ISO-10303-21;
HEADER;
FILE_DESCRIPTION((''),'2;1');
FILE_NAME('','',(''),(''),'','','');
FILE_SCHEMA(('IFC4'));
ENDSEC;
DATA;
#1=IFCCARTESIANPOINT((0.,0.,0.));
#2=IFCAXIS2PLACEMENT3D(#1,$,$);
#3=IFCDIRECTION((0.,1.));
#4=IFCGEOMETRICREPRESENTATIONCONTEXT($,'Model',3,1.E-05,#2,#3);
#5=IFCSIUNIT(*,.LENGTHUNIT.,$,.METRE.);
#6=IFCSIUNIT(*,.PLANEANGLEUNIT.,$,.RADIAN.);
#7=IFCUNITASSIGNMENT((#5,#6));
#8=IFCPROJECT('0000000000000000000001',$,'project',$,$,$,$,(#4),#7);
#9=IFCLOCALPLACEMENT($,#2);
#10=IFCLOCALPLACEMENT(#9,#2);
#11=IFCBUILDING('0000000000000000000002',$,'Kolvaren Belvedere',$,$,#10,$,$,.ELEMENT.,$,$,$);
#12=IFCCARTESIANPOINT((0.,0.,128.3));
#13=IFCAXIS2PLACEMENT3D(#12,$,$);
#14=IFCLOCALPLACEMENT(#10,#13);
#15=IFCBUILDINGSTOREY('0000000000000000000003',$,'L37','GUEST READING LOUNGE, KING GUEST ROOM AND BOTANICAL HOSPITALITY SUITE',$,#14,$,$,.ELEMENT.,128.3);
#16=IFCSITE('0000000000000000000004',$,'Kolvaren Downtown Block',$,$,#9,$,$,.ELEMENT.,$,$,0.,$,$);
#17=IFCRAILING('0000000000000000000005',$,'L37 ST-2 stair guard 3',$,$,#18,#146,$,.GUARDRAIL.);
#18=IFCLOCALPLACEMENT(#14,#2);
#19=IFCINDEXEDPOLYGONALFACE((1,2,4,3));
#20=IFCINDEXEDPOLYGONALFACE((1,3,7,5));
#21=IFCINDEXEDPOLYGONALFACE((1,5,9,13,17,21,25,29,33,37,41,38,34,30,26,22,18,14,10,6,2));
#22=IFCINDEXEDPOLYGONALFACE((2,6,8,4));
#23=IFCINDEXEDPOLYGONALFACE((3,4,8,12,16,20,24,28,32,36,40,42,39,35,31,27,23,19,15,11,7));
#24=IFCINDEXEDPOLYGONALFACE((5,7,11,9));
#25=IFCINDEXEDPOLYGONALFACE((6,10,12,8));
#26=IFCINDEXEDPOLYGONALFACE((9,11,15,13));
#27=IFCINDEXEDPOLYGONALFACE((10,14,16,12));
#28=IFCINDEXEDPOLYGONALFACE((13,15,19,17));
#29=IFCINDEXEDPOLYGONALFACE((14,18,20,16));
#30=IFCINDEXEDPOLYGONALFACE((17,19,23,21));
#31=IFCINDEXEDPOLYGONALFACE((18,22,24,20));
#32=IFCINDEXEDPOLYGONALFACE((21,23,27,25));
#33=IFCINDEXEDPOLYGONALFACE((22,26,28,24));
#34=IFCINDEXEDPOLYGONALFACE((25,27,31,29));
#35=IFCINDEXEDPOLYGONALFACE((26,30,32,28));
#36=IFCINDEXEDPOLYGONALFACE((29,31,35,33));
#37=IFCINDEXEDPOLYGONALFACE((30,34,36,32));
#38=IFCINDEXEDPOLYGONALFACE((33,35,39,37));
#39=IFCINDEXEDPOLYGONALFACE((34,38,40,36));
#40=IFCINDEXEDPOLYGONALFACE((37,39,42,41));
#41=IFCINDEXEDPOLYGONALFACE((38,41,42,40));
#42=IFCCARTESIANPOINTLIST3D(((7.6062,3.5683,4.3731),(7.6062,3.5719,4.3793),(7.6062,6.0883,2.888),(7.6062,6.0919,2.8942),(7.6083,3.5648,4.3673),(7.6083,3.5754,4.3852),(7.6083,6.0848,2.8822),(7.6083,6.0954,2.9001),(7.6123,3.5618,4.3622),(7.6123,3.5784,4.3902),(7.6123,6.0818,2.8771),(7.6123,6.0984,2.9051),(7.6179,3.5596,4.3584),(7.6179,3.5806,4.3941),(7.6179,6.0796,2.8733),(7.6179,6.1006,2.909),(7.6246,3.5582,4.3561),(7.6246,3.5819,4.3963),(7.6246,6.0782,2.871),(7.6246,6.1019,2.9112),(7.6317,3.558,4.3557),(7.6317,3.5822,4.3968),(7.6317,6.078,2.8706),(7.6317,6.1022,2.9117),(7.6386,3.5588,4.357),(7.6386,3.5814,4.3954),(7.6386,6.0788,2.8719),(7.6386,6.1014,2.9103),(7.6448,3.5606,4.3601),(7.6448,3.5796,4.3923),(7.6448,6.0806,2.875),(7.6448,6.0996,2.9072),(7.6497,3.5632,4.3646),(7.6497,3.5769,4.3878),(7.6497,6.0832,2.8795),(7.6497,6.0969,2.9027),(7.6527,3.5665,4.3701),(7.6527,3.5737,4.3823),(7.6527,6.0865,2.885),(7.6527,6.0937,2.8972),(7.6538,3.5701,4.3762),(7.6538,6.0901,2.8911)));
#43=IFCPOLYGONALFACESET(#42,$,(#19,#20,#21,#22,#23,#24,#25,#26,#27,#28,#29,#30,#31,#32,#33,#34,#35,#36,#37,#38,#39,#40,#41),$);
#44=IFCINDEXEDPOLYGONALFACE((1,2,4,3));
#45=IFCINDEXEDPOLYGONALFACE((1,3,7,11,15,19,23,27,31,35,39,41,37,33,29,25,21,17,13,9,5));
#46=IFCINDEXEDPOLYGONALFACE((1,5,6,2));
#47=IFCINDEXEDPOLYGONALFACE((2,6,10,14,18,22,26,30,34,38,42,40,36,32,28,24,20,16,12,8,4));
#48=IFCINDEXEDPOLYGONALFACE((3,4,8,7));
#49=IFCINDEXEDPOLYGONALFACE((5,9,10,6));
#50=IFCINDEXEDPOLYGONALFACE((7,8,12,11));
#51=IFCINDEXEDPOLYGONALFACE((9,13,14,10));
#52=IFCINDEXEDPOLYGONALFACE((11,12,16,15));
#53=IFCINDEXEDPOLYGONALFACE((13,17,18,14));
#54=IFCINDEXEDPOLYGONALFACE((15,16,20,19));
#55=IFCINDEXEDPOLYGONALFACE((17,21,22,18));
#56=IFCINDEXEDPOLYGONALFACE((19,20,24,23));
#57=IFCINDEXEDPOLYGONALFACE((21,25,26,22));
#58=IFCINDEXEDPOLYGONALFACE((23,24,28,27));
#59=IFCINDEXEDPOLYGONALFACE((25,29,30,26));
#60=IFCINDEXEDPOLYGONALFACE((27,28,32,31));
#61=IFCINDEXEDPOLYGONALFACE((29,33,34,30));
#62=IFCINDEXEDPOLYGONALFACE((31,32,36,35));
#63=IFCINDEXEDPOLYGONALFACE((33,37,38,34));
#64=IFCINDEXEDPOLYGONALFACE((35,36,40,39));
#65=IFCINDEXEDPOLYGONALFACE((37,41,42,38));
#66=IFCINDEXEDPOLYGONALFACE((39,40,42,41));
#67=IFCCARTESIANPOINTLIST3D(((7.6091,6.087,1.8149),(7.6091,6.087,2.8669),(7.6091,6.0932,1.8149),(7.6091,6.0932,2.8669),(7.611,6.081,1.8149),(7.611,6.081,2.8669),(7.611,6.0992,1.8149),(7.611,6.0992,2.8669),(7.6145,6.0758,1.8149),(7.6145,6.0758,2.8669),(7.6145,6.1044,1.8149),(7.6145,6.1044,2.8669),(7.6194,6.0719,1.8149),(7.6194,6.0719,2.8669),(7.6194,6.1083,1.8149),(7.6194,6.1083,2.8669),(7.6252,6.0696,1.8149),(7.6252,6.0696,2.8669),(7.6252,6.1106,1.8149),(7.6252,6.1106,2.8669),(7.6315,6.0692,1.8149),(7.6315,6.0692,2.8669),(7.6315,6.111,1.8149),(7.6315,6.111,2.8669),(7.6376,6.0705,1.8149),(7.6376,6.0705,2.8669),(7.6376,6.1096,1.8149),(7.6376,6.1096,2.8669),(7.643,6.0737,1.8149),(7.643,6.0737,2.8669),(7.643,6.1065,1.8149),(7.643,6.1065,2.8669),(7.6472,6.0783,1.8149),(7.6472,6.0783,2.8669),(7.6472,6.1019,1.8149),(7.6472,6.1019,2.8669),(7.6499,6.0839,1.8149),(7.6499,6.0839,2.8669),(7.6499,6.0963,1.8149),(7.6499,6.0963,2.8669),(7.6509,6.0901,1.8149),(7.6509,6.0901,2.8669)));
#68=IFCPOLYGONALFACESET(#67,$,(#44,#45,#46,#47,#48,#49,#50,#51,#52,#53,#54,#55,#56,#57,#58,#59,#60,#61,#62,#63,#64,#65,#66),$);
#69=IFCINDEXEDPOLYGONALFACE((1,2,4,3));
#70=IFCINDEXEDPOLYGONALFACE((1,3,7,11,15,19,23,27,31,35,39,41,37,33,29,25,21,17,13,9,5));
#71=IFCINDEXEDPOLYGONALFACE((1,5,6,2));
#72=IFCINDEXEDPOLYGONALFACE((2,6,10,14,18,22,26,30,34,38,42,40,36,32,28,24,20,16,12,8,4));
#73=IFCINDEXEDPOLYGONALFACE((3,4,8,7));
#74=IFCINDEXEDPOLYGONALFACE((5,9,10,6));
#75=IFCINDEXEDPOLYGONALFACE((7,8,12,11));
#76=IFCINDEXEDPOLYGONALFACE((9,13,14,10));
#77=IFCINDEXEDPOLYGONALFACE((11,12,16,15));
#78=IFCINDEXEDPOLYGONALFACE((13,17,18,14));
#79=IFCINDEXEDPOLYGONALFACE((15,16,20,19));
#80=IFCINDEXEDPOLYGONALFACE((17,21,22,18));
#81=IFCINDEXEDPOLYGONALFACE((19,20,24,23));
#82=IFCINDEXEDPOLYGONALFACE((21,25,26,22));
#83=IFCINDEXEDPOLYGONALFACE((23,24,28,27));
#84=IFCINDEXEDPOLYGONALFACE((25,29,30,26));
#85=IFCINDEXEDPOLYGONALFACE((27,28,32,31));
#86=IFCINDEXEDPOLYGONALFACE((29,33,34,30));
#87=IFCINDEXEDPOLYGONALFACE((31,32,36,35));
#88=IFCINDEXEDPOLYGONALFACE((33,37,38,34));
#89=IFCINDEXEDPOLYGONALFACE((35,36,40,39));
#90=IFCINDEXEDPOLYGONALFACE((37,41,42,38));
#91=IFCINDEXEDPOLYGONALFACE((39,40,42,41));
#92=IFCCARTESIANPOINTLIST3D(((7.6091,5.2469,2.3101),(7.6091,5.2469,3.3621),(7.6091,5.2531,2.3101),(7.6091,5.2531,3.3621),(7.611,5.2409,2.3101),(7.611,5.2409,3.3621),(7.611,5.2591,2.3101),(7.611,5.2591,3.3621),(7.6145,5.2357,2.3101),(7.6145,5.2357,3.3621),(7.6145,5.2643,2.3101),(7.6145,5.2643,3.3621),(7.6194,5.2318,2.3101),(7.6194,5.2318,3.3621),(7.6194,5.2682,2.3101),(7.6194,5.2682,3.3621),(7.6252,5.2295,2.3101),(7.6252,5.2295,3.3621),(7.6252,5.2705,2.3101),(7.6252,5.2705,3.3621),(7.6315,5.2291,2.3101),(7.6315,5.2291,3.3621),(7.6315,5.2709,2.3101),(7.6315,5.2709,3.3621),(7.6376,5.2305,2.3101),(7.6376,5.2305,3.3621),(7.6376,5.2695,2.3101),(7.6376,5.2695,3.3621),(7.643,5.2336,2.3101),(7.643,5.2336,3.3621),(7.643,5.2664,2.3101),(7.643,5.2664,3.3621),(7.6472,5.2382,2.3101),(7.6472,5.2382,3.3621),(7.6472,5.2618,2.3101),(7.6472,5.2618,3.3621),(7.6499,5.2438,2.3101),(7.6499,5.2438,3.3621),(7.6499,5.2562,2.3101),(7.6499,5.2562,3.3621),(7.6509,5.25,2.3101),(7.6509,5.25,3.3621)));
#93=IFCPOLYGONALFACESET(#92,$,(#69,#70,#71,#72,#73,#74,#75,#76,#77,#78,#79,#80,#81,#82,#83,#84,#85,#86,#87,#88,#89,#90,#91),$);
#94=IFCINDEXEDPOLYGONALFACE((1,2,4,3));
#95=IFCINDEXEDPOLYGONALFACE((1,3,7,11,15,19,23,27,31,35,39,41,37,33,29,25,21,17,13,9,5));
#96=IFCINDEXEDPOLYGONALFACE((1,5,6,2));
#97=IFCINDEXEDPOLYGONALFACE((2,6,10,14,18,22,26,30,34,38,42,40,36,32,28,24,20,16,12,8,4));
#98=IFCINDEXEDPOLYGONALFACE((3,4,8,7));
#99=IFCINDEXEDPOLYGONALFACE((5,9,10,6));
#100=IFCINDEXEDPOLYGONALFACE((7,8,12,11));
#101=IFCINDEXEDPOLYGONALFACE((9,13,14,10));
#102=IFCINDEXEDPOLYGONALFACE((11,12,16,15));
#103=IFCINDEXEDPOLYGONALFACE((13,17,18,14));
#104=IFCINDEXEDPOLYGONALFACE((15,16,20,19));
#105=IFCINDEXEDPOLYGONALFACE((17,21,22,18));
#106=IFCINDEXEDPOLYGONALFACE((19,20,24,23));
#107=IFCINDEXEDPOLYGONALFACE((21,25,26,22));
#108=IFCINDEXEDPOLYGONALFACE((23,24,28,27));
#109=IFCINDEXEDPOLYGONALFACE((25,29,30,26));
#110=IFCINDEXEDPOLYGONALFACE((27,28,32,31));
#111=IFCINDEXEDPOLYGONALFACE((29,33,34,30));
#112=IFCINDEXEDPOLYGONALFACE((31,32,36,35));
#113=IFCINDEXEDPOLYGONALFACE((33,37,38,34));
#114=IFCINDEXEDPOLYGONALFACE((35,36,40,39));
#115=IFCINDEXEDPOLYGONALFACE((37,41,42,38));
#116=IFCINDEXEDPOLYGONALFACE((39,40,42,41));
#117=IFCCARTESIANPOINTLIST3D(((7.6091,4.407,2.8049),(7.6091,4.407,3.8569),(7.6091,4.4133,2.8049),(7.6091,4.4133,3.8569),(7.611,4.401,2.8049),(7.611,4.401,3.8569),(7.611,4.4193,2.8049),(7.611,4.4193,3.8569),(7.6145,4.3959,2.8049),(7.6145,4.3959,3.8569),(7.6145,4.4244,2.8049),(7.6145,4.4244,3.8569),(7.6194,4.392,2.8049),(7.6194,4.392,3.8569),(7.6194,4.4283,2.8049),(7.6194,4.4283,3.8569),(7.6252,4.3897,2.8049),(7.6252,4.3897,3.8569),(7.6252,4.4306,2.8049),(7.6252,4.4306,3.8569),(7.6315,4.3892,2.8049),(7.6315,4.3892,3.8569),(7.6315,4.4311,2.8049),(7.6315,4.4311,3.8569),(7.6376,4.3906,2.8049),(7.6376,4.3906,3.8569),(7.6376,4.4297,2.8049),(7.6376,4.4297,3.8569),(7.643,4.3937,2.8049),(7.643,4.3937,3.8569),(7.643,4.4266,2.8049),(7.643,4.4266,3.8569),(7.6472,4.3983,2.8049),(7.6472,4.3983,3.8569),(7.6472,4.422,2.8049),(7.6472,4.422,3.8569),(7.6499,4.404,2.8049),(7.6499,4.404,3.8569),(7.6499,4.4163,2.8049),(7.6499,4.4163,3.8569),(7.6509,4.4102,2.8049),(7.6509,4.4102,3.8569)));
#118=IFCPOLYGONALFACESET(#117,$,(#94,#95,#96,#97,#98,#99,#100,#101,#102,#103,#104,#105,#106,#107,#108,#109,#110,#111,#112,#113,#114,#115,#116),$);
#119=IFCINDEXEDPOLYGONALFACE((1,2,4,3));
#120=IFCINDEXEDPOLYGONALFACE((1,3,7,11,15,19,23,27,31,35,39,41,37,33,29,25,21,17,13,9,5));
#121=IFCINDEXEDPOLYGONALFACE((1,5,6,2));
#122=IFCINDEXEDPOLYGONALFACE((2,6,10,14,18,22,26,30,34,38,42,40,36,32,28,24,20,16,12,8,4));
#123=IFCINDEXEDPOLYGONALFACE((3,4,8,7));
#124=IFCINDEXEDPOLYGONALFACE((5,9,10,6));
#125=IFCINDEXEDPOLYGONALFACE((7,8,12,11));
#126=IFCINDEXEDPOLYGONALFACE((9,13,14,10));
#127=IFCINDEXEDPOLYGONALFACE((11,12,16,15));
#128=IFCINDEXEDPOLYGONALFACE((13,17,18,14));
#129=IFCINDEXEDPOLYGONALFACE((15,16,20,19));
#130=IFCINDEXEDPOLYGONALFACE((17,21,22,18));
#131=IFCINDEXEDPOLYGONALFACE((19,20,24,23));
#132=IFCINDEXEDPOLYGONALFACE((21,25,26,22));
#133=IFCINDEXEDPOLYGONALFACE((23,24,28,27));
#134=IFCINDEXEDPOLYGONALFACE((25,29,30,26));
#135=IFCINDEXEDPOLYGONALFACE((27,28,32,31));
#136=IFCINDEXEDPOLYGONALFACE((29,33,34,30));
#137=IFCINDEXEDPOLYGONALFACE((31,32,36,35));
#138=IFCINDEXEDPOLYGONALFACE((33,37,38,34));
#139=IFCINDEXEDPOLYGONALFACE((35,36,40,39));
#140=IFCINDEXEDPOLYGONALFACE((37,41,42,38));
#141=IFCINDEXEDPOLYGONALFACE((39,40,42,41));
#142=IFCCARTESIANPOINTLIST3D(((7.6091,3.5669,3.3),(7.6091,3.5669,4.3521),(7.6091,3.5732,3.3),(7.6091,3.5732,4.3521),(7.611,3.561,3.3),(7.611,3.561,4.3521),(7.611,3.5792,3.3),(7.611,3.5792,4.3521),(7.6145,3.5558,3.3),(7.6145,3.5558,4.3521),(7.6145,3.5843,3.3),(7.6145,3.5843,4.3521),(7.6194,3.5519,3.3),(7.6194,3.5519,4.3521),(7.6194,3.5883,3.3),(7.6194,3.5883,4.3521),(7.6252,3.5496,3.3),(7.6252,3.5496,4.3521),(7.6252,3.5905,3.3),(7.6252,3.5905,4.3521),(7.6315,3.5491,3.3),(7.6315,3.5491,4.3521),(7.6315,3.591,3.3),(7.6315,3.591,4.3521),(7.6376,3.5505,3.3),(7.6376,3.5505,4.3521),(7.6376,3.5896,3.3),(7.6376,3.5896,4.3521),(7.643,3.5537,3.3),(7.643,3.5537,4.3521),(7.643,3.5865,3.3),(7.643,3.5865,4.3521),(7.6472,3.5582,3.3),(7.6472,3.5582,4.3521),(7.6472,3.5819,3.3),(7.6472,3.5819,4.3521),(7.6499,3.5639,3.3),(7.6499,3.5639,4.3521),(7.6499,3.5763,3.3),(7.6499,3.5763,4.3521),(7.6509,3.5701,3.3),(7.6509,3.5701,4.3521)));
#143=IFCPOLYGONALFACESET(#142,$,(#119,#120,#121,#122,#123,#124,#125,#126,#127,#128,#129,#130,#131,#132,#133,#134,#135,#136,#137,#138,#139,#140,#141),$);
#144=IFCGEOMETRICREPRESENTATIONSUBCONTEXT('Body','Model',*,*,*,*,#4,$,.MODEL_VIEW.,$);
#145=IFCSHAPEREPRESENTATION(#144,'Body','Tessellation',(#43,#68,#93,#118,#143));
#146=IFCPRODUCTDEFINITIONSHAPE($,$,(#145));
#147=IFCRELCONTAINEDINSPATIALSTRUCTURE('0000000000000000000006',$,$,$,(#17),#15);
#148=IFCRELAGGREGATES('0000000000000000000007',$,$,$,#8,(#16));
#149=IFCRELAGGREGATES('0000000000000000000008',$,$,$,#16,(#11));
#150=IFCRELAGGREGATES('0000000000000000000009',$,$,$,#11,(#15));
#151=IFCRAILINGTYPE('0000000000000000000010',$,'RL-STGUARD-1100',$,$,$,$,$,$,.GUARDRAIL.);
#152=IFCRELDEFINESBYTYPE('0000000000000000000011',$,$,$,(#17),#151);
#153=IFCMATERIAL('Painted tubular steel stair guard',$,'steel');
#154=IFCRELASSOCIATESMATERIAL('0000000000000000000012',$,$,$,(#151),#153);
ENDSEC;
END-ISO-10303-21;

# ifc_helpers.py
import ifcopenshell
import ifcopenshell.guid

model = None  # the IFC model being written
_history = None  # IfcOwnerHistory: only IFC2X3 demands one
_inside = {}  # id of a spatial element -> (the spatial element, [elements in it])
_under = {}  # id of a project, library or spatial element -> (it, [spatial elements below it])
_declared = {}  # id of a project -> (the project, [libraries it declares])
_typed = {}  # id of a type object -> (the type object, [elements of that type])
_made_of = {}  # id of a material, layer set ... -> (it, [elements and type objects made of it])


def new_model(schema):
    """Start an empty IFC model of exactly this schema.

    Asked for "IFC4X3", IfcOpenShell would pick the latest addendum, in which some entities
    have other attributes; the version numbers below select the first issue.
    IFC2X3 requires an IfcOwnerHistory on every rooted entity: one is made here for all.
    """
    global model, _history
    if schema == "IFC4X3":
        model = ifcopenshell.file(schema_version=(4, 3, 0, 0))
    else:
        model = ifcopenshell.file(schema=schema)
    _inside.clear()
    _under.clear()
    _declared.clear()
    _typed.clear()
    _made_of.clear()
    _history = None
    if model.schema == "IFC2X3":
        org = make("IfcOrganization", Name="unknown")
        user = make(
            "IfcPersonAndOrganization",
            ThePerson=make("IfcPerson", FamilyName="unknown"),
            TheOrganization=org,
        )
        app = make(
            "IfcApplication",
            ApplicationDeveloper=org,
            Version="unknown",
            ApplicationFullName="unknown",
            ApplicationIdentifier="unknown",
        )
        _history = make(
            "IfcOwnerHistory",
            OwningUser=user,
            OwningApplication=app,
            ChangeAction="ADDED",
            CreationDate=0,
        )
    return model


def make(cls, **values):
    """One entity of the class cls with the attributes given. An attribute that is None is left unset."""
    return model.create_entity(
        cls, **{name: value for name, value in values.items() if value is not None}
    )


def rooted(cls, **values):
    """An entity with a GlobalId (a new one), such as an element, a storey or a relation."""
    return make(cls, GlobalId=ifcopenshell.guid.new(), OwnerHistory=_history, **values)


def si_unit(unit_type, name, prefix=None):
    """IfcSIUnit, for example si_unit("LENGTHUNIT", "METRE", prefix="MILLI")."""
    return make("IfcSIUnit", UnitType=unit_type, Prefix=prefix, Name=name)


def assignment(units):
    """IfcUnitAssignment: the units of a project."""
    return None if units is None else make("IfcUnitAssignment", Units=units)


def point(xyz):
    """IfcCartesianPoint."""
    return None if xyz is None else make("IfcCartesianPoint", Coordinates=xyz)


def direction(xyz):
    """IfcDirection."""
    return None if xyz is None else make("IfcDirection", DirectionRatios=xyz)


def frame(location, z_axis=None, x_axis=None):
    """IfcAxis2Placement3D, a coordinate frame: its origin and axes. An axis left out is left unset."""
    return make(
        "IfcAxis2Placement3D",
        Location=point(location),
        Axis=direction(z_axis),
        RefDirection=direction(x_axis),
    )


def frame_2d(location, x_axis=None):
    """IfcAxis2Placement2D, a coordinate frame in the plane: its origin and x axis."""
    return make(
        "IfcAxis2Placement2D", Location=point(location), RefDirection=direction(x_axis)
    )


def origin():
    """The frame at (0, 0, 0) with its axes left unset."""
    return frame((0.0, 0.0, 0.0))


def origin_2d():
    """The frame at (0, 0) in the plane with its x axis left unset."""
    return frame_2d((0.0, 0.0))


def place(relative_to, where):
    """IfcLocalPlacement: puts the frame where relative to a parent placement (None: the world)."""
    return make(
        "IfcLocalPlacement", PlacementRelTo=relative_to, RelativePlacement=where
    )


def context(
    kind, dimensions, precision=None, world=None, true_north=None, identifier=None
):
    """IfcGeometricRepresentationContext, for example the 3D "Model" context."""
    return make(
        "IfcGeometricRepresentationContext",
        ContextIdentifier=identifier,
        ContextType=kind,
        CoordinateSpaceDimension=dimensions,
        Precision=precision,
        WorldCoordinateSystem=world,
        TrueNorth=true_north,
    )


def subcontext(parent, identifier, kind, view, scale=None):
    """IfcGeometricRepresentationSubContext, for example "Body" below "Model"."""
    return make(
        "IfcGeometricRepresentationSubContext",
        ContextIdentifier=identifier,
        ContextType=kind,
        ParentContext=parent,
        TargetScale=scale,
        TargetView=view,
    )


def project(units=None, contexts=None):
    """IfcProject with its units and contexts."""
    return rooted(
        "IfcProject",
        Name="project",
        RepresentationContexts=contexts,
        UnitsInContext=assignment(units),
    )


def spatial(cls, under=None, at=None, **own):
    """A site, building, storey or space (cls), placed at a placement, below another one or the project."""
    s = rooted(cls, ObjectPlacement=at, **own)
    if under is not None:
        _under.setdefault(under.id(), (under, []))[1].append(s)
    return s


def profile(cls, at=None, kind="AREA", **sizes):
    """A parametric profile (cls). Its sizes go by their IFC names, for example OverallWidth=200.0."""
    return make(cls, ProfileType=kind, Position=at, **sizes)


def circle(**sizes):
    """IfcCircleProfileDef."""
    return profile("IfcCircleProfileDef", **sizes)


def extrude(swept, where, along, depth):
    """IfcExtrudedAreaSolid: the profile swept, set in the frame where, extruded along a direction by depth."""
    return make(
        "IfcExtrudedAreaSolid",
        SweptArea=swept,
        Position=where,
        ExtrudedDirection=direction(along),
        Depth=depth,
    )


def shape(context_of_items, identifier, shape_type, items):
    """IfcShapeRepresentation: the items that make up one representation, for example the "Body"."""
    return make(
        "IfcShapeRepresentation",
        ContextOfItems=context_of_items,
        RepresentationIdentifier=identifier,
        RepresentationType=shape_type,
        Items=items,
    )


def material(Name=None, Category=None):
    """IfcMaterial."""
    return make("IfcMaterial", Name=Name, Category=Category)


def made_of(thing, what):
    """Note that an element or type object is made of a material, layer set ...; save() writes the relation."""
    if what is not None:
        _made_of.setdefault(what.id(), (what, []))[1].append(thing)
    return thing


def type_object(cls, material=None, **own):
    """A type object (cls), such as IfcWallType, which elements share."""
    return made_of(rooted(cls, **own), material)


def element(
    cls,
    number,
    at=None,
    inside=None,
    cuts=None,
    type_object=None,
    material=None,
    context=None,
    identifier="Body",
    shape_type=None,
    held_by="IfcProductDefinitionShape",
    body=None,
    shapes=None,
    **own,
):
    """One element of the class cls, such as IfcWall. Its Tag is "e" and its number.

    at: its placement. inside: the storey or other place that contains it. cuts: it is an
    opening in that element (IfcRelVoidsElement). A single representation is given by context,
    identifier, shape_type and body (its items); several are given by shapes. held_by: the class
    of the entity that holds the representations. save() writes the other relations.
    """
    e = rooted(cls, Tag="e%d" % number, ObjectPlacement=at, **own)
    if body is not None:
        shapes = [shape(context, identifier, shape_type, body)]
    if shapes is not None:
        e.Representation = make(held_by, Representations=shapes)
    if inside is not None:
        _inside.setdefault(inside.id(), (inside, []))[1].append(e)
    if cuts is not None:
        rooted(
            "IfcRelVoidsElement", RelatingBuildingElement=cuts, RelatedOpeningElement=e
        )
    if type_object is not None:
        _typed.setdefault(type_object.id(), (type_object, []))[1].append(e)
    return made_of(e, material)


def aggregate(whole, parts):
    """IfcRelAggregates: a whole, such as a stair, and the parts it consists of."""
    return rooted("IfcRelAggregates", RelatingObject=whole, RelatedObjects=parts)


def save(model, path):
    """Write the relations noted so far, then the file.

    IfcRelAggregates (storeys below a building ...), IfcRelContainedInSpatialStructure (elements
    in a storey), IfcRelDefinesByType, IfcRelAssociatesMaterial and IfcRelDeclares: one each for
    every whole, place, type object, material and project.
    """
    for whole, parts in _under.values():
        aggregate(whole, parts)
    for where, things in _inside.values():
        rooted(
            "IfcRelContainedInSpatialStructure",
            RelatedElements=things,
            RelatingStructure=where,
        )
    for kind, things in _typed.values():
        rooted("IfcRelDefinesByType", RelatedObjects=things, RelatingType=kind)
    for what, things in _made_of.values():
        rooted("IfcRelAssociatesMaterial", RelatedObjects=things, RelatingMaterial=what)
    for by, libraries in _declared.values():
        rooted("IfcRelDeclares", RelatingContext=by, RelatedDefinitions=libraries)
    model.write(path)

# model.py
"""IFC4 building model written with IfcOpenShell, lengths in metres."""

from ifc_helpers import new_model, si_unit, direction, frame, origin, origin_2d, place, context, subcontext, project, spatial, circle, extrude, material, type_object, element, save


model = new_model("IFC4")

# Units and contexts
model_context = context("Model", 3, precision=1e-05, world=origin(), true_north=direction((0.0, 1.0)))
body_context = subcontext(model_context, "Body", "Model", "MODEL_VIEW")
ifc_project = project(units=[si_unit("LENGTHUNIT", "METRE"), si_unit("PLANEANGLEUNIT", "RADIAN")], contexts=[model_context])

# Site, building, storey
site_placement = place(None, origin())
site = spatial("IfcSite", under=ifc_project, at=site_placement, Name="Kolvaren Downtown Block", CompositionType="ELEMENT", RefElevation=0.0)
building_placement = place(site_placement, origin())
building = spatial("IfcBuilding", under=site, at=building_placement, Name="Kolvaren Belvedere", CompositionType="ELEMENT")
storey_placement = place(building_placement, frame((0.0, 0.0, 128.3)))
storey = spatial("IfcBuildingStorey", under=building, at=storey_placement, Name="L37", Description="GUEST READING LOUNGE, KING GUEST ROOM AND BOTANICAL HOSPITALITY SUITE", CompositionType="ELEMENT", Elevation=128.3)

# Railing
ifc_material_1 = material(Name="Painted tubular steel stair guard", Category="steel")
railing_type_1 = type_object("IfcRailingType", Name="RL-STGUARD-1100", PredefinedType="GUARDRAIL", material=ifc_material_1)
railing_1_placement = place(storey_placement, frame((7.6299, 6.0901, 1.8149)))
element("IfcRailing", 1, at=railing_1_placement, inside=storey, type_object=railing_type_1, Name="L37 ST-2 stair guard 3", PredefinedType="GUARDRAIL", context=body_context, shape_type="SweptSolid", body=[
    extrude(circle(Radius=0.0239, at=origin_2d()), frame((0.0, 0.0, 1.0762), z_axis=(0.0, -0.861524, 0.507717), x_axis=(1.0, 0.0, 0.0)), (0.0, 0.0, 1.0), 2.925),
    extrude(circle(Radius=0.021, at=origin_2d()), origin(), (0.0, 0.0, 1.0), 1.052),
    extrude(circle(Radius=0.021, at=origin_2d()), frame((0.0, -0.8401, 0.4951)), (0.0, 0.0, 1.0), 1.052),
    extrude(circle(Radius=0.021, at=origin_2d()), frame((0.0, -1.6799, 0.99)), (0.0, 0.0, 1.0), 1.052),
    extrude(circle(Radius=0.021, at=origin_2d()), frame((0.0, -2.52, 1.4851)), (0.0, 0.0, 1.0), 1.052),
])

save(model, "model.ifc")
